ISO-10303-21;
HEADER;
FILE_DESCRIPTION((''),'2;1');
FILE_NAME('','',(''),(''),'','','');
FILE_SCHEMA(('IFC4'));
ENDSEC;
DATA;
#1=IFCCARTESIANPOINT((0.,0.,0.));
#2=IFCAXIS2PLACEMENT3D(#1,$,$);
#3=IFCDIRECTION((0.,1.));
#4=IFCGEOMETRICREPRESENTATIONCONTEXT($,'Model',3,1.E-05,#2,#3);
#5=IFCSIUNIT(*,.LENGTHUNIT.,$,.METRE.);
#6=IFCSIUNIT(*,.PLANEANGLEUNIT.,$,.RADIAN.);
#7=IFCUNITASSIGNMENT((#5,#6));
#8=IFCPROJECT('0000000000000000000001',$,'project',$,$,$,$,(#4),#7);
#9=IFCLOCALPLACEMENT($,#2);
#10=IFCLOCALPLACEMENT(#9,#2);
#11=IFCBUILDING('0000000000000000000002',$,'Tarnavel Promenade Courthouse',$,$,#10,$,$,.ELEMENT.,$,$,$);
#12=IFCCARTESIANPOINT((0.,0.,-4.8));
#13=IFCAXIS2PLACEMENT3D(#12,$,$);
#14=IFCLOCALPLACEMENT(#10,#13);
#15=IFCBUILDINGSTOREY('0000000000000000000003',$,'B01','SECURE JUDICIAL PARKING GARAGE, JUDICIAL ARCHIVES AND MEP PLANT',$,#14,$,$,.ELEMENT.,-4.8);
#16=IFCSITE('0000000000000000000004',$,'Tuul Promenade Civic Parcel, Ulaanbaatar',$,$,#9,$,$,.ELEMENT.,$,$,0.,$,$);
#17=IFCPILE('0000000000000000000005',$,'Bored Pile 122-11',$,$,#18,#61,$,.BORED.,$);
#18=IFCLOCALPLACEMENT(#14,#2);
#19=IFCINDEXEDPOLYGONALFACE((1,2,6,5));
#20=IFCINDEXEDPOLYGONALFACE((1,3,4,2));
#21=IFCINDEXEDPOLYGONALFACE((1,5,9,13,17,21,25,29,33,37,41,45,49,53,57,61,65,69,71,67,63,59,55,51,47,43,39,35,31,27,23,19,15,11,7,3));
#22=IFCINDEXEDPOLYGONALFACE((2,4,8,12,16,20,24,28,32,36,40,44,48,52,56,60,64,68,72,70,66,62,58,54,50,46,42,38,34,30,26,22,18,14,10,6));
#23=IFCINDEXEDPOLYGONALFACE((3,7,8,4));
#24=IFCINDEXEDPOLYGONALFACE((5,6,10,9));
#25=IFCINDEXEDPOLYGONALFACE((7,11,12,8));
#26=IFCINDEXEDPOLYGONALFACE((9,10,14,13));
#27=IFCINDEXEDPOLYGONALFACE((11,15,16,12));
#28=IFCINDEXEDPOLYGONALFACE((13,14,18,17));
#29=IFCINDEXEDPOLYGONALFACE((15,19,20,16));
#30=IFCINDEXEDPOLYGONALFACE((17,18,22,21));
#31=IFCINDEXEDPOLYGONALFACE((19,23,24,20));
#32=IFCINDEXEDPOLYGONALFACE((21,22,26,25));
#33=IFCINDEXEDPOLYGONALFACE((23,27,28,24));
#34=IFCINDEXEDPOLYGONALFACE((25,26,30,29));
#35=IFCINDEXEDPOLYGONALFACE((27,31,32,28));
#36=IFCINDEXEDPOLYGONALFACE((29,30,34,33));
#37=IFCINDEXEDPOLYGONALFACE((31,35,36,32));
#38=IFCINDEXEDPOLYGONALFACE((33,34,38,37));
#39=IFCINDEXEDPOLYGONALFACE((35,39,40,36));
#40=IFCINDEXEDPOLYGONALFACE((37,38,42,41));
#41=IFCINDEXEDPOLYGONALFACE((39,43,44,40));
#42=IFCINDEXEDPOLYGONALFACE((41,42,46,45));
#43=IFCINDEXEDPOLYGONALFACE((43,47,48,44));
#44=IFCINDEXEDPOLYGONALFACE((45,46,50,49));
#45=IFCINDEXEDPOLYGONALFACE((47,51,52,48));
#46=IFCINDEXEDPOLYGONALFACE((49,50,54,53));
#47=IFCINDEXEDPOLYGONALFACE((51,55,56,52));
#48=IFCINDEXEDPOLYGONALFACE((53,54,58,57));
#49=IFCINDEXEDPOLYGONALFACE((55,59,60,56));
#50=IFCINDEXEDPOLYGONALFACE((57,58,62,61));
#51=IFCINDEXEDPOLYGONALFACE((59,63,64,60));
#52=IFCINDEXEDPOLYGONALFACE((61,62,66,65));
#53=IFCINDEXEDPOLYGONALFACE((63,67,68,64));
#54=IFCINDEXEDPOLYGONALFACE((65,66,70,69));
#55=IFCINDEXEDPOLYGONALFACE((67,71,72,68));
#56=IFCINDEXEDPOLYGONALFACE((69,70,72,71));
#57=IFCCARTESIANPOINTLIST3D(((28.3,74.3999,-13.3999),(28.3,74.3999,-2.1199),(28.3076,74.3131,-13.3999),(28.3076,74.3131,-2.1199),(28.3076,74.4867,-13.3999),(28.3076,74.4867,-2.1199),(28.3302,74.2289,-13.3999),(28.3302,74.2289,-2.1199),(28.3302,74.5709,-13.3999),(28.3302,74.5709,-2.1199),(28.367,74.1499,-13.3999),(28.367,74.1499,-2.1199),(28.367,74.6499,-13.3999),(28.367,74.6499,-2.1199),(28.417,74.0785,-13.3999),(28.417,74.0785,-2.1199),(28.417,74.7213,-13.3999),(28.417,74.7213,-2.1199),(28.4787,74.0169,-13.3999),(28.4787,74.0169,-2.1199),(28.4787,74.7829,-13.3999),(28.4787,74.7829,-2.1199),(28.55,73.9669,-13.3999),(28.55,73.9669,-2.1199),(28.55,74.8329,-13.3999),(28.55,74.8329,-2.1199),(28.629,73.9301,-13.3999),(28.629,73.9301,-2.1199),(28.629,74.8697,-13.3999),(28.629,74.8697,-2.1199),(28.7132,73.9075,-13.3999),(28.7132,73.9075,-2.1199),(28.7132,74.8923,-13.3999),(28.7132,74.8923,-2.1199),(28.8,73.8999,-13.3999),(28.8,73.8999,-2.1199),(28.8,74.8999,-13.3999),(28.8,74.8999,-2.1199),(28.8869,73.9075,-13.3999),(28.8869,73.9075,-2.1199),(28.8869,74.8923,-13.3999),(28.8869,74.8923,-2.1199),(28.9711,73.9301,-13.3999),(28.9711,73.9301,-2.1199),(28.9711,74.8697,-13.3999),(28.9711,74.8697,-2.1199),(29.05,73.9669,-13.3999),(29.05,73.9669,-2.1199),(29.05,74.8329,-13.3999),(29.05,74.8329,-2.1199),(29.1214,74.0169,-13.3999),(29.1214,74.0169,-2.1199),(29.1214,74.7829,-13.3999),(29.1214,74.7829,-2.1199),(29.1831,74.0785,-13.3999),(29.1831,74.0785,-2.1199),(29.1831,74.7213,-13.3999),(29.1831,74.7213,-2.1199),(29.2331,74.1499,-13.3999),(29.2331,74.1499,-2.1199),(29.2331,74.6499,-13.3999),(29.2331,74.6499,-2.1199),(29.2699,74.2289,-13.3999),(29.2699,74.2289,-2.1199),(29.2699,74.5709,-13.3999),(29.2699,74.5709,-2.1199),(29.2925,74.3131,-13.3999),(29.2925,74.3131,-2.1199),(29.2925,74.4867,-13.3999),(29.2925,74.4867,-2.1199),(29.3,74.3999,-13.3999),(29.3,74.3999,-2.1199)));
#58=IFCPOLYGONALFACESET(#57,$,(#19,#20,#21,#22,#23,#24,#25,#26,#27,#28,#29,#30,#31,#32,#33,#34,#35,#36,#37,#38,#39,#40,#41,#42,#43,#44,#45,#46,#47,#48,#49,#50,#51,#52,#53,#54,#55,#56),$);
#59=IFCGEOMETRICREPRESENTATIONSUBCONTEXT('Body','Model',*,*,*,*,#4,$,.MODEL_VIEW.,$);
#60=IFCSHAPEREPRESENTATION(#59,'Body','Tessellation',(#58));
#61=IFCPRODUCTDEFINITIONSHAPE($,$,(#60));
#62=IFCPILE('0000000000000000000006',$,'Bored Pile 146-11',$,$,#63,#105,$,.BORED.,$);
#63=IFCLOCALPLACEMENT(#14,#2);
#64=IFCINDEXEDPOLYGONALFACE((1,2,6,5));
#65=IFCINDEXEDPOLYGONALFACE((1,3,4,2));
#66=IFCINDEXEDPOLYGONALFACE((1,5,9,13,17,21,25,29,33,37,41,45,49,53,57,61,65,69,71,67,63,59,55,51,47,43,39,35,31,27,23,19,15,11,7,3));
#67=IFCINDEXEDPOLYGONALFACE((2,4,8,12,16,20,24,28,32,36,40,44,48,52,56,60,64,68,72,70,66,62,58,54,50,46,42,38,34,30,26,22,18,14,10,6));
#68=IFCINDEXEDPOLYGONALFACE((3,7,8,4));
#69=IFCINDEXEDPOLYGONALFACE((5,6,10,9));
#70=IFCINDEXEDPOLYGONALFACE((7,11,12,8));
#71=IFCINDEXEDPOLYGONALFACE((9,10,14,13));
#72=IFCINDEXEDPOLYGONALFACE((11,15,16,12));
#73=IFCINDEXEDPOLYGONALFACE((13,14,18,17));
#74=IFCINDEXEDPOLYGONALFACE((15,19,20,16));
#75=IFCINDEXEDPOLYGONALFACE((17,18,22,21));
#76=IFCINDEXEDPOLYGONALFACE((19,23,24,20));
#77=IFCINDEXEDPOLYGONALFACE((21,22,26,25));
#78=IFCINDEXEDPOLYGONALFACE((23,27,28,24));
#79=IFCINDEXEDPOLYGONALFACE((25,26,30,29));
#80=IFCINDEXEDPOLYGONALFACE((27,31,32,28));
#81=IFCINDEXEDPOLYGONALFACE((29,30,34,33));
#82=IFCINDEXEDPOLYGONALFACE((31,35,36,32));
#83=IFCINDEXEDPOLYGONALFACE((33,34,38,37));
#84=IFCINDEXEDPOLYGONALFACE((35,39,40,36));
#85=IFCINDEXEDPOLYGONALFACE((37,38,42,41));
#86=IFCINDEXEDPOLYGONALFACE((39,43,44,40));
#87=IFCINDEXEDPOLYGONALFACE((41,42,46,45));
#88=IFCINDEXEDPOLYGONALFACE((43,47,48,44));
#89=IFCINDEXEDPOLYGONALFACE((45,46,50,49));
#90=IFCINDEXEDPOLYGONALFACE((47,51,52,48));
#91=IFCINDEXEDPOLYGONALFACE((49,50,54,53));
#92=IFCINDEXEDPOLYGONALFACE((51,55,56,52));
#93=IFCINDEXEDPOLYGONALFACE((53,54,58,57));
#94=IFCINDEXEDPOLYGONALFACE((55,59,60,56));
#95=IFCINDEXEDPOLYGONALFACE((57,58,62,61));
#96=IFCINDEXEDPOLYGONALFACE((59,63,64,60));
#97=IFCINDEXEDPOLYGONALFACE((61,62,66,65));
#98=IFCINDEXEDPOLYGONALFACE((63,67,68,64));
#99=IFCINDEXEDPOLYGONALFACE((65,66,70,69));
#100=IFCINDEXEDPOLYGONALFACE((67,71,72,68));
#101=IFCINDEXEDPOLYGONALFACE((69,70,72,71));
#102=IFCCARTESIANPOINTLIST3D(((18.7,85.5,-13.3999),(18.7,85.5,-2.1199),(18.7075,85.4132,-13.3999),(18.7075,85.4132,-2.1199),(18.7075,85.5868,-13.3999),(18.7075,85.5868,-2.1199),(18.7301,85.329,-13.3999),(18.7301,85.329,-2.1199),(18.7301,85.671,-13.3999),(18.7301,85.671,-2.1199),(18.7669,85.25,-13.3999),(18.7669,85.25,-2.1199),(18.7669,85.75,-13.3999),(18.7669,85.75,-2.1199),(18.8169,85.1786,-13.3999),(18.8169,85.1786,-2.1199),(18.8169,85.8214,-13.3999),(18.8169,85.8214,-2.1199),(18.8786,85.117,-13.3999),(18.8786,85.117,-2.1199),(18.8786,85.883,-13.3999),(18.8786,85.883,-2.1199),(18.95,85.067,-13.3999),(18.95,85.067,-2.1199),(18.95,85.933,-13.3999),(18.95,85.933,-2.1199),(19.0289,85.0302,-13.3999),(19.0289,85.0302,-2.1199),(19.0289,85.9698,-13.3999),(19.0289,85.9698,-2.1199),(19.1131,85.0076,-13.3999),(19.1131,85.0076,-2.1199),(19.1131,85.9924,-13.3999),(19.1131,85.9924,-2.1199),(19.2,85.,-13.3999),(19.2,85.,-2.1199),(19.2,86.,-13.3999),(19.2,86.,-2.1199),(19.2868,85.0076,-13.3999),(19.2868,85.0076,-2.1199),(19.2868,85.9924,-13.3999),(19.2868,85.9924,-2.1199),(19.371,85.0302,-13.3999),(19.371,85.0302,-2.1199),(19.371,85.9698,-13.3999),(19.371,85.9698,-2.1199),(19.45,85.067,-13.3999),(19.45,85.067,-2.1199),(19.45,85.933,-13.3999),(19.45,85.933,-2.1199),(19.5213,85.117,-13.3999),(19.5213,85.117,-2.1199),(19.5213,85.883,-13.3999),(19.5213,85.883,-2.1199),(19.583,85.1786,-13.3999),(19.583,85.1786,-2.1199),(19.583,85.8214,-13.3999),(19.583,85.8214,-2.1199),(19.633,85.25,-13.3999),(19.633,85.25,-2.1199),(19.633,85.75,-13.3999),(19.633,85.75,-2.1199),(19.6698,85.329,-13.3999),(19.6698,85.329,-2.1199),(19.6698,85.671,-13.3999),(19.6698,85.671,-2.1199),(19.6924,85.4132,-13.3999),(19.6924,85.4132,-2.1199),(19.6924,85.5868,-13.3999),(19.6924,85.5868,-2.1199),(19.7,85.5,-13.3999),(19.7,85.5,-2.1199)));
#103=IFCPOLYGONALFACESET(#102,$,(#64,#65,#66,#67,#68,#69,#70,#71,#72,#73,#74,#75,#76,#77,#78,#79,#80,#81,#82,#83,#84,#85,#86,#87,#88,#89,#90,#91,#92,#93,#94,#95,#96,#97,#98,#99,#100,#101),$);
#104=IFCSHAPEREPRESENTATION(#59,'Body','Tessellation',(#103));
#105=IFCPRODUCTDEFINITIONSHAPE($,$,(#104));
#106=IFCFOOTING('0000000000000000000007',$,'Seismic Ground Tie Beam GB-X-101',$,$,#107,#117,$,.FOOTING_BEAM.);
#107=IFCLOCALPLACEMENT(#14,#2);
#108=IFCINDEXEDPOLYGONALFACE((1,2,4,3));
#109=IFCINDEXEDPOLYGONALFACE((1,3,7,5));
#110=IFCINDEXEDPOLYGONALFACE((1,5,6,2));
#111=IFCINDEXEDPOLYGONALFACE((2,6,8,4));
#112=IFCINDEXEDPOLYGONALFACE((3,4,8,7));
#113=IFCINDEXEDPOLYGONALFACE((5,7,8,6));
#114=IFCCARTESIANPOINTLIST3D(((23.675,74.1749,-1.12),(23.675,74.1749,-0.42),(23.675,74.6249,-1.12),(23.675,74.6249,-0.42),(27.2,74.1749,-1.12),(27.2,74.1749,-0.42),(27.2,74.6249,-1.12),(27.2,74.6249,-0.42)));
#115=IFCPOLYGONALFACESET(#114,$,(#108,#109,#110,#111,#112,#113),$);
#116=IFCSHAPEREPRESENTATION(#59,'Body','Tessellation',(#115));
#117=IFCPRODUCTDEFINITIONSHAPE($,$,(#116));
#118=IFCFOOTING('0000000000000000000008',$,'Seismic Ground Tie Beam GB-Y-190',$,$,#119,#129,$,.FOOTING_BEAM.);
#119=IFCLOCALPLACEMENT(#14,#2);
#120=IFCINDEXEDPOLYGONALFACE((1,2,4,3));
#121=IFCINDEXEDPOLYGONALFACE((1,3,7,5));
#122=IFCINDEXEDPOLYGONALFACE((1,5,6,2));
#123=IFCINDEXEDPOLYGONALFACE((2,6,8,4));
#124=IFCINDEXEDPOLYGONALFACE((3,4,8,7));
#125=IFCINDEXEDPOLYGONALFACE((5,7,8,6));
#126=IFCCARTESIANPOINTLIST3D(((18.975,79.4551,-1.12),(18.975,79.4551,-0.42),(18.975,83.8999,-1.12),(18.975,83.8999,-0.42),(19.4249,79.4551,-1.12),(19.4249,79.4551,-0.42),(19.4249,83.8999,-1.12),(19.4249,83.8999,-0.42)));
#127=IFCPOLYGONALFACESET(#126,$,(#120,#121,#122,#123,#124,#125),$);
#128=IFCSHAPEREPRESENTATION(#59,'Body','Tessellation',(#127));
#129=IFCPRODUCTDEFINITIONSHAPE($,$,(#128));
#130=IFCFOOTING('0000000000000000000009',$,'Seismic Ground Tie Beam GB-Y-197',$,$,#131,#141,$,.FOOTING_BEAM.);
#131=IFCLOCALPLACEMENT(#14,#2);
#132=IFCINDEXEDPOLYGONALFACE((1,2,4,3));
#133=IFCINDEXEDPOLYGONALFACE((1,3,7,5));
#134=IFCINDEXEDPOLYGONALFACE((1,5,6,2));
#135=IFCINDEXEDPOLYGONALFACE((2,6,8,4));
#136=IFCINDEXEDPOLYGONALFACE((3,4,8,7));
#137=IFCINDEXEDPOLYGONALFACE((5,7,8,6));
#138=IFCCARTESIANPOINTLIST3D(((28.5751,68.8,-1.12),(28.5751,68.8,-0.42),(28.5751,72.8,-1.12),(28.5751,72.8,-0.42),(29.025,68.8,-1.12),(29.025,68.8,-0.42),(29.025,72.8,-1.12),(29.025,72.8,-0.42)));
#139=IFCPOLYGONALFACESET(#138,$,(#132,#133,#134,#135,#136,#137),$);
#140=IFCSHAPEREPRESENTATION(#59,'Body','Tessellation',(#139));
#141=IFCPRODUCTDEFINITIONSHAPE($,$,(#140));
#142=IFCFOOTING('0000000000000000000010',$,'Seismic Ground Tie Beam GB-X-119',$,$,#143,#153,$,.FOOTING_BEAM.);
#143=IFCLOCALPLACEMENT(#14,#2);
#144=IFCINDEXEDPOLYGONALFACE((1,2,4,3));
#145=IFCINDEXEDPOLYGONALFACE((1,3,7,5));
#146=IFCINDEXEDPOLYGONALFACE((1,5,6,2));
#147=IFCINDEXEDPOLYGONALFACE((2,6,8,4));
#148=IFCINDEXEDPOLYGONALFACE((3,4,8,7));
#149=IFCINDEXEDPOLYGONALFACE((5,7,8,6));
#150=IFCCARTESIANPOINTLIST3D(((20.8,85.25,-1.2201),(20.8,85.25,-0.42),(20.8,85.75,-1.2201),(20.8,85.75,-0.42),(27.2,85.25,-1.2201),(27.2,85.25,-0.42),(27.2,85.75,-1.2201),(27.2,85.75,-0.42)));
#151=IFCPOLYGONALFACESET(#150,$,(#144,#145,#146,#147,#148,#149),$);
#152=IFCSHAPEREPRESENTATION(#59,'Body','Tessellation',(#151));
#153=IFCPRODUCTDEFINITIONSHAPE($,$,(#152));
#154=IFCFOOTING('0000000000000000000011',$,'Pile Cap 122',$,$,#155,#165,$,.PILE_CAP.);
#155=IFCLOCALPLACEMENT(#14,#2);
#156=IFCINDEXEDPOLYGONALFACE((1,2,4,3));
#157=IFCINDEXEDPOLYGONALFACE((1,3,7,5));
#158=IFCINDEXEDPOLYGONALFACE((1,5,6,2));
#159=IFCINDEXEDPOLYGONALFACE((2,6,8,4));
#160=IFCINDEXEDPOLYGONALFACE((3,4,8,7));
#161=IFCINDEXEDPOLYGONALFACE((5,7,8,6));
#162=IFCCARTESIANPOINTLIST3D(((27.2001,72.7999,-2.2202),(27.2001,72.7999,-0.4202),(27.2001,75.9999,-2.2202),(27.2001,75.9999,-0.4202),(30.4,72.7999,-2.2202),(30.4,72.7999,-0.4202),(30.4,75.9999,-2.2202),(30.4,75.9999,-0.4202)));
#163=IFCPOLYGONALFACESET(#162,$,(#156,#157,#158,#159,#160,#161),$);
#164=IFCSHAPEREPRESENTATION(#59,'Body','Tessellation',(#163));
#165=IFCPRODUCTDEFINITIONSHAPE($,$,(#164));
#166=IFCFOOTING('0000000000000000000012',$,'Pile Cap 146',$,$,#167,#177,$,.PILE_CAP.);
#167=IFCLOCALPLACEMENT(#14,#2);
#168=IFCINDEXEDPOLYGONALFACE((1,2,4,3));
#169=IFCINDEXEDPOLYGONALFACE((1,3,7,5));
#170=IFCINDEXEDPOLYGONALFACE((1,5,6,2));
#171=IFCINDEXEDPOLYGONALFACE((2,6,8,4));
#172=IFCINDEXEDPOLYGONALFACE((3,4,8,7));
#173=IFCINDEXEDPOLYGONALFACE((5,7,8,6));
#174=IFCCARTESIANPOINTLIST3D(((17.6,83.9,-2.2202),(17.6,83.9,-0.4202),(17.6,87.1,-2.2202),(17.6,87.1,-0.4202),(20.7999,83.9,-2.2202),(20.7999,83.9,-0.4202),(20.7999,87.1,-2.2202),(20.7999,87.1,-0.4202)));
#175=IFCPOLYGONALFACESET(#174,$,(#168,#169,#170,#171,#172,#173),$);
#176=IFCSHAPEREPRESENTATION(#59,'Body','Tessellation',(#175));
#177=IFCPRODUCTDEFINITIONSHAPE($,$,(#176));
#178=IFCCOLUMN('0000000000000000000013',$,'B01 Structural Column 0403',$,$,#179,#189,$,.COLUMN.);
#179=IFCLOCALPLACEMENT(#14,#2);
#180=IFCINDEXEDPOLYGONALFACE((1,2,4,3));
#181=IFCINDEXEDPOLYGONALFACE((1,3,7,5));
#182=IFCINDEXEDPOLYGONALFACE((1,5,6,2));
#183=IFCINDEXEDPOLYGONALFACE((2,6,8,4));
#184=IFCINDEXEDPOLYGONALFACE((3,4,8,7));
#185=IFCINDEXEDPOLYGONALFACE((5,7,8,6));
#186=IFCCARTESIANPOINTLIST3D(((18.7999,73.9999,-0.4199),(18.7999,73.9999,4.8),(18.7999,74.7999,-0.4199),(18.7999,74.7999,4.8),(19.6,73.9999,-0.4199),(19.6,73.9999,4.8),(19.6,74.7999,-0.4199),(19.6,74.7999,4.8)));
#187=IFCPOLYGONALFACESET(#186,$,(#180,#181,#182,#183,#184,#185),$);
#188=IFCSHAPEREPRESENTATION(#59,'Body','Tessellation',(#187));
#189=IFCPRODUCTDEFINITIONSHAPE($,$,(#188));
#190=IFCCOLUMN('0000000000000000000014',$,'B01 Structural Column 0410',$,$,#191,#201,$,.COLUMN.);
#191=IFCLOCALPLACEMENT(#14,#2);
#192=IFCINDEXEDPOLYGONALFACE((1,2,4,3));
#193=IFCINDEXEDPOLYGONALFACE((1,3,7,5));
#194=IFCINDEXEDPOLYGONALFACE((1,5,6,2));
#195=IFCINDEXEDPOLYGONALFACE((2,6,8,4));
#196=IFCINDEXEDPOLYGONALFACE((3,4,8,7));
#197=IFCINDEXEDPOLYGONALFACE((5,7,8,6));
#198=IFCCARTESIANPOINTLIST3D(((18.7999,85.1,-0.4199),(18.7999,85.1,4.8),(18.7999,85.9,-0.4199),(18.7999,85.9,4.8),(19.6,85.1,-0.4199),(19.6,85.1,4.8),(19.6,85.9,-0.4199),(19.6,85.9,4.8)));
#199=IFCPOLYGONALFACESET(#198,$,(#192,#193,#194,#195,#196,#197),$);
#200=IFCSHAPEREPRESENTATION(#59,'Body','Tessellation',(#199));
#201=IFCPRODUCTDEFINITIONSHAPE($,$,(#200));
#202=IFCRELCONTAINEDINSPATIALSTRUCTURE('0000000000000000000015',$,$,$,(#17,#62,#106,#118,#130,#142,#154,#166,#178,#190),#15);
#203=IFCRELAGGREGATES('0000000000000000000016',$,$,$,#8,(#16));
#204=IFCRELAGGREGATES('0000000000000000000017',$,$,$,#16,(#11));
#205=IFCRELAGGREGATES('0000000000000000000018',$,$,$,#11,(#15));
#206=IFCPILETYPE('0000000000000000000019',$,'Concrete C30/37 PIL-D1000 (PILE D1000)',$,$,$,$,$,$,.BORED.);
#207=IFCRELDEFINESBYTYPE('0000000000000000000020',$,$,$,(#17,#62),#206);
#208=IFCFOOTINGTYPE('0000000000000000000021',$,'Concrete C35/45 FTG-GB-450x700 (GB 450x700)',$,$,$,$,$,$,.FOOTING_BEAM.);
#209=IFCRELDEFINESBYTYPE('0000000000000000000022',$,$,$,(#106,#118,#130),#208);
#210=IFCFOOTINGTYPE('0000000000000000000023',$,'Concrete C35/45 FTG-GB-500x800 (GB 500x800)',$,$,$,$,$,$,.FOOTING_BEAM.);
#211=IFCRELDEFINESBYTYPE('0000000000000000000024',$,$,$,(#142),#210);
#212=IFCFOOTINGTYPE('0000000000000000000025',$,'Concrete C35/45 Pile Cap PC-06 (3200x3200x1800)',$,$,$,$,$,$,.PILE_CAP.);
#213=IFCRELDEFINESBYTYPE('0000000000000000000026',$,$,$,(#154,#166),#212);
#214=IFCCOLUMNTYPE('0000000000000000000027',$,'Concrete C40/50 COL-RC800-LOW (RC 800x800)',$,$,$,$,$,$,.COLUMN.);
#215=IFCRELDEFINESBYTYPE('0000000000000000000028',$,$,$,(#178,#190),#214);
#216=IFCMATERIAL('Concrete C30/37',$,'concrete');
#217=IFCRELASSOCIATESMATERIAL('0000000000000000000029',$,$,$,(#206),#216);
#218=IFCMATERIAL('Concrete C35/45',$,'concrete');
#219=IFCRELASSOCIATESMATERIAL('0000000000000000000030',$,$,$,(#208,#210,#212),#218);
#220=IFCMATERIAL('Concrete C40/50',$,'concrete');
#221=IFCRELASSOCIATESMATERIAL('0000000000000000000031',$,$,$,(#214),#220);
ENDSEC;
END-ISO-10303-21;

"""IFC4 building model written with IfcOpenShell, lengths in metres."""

from ifc_helpers import new_model, si_unit, direction, frame, origin, origin_2d, place, context, subcontext, project, spatial, rectangle, circle, extrude, material, material_profile, profile_set, type_object, element, save


model = new_model("IFC4")

# Units and contexts
model_context = context("Model", 3, precision=1e-05, world=origin(), true_north=direction((0.0, 1.0)))
body_context = subcontext(model_context, "Body", "Model", "MODEL_VIEW")
ifc_project = project(units=[si_unit("LENGTHUNIT", "METRE"), si_unit("PLANEANGLEUNIT", "RADIAN")], contexts=[model_context])

# Site, building, storey
site_placement = place(None, origin())
site = spatial("IfcSite", under=ifc_project, at=site_placement, Name="Tuul Promenade Civic Parcel, Ulaanbaatar", CompositionType="ELEMENT", RefElevation=0.0)
building_placement = place(site_placement, origin())
building = spatial("IfcBuilding", under=site, at=building_placement, Name="Tarnavel Promenade Courthouse", CompositionType="ELEMENT")
storey_placement = place(building_placement, frame((0.0, 0.0, -4.8)))
storey = spatial("IfcBuildingStorey", under=building, at=storey_placement, Name="B01", Description="SECURE JUDICIAL PARKING GARAGE, JUDICIAL ARCHIVES AND MEP PLANT", CompositionType="ELEMENT", Elevation=-4.8)

# Piles
ifc_material_1 = material(Name="Concrete C30/37", Category="concrete")
ifc_material_profile_1 = material_profile(ifc_material_1, circle(Radius=0.5, at=origin_2d()), Name="PILE D1000")
ifc_profile_set_1 = profile_set([ifc_material_profile_1], Name="Concrete C30/37")
pile_type = type_object("IfcPileType", Name="Concrete C30/37 PIL-D1000 (PILE D1000)", PredefinedType="BORED", material=ifc_profile_set_1)
for number, where, z_axis, x_axis, name in (
    (1, (28.8, 74.3999, -2.1199), (0.0, 0.0, -1.0), (1.0, 0.0, 0.0), "Bored Pile 122-11"),
    (2, (19.2, 85.5, -2.1199), (0.0, 0.0, -1.0), (1.0, 0.0, 0.0), "Bored Pile 146-11"),
):
    element("IfcPile", number, at=place(storey_placement, frame(where, z_axis=z_axis, x_axis=x_axis)), inside=storey, type_object=pile_type, Name=name, PredefinedType="BORED", context=body_context, shape_type="SweptSolid", body=[
        extrude(circle(Radius=0.5, at=origin_2d()), origin(), (0.0, 0.0, 1.0), 11.28),
    ])

# Footings
ifc_material_2 = material(Name="Concrete C35/45", Category="concrete")
ifc_material_profile_2 = material_profile(ifc_material_2, rectangle(XDim=0.45, YDim=0.7, at=origin_2d()), Name="GB 450x700")
ifc_profile_set_2 = profile_set([ifc_material_profile_2], Name="Concrete C35/45")
footing_type_1 = type_object("IfcFootingType", Name="Concrete C35/45 FTG-GB-450x700 (GB 450x700)", PredefinedType="FOOTING_BEAM", material=ifc_profile_set_2)
footing_1_placement = place(storey_placement, frame((23.675, 74.3999, -0.77), z_axis=(1.0, 0.0, 0.0), x_axis=(0.0, 1.0, 0.0)))
element("IfcFooting", 3, at=footing_1_placement, inside=storey, type_object=footing_type_1, Name="Seismic Ground Tie Beam GB-X-101", PredefinedType="FOOTING_BEAM", context=body_context, shape_type="SweptSolid", body=[
    extrude(rectangle(XDim=0.45, YDim=0.7, at=origin_2d()), origin(), (0.0, 0.0, 1.0), 3.5249),
])
footing_2_placement = place(storey_placement, frame((19.2, 79.4551, -0.77), z_axis=(0.0, 1.0, 0.0), x_axis=(-1.0, 0.0, 0.0)))
element("IfcFooting", 4, at=footing_2_placement, inside=storey, type_object=footing_type_1, Name="Seismic Ground Tie Beam GB-Y-190", PredefinedType="FOOTING_BEAM", context=body_context, shape_type="SweptSolid", body=[
    extrude(rectangle(XDim=0.45, YDim=0.7, at=origin_2d()), origin(), (0.0, 0.0, 1.0), 4.4448),
])
footing_3_placement = place(storey_placement, frame((28.8, 68.8, -0.77), z_axis=(0.0, 1.0, 0.0), x_axis=(-1.0, 0.0, 0.0)))
element("IfcFooting", 5, at=footing_3_placement, inside=storey, type_object=footing_type_1, Name="Seismic Ground Tie Beam GB-Y-197", PredefinedType="FOOTING_BEAM", context=body_context, shape_type="SweptSolid", body=[
    extrude(rectangle(XDim=0.45, YDim=0.7, at=origin_2d()), origin(), (0.0, 0.0, 1.0), 4.0),
])
ifc_material_profile_3 = material_profile(ifc_material_2, rectangle(XDim=0.5, YDim=0.8, at=origin_2d()), Name="GB 500x800")
ifc_profile_set_3 = profile_set([ifc_material_profile_3], Name="Concrete C35/45")
footing_type_2 = type_object("IfcFootingType", Name="Concrete C35/45 FTG-GB-500x800 (GB 500x800)", PredefinedType="FOOTING_BEAM", material=ifc_profile_set_3)
footing_4_placement = place(storey_placement, frame((20.8, 85.5, -0.8201), z_axis=(1.0, 0.0, 0.0), x_axis=(0.0, 1.0, 0.0)))
element("IfcFooting", 6, at=footing_4_placement, inside=storey, type_object=footing_type_2, Name="Seismic Ground Tie Beam GB-X-119", PredefinedType="FOOTING_BEAM", context=body_context, shape_type="SweptSolid", body=[
    extrude(rectangle(XDim=0.5, YDim=0.8, at=origin_2d()), origin(), (0.0, 0.0, 1.0), 6.3999),
])
footing_type_3 = type_object("IfcFootingType", Name="Concrete C35/45 Pile Cap PC-06 (3200x3200x1800)", PredefinedType="PILE_CAP", material=ifc_material_2)
for number, where, z_axis, x_axis, name in (
    (7, (28.8, 74.3999, -2.2202), (0.0, 0.0, 1.0), (1.0, 0.0, 0.0), "Pile Cap 122"),
    (8, (19.2, 85.5, -2.2202), (0.0, 0.0, 1.0), (1.0, 0.0, 0.0), "Pile Cap 146"),
):
    element("IfcFooting", number, at=place(storey_placement, frame(where, z_axis=z_axis, x_axis=x_axis)), inside=storey, type_object=footing_type_3, Name=name, PredefinedType="PILE_CAP", context=body_context, shape_type="SweptSolid", body=[
        extrude(rectangle(XDim=3.2, YDim=3.2, at=origin_2d()), origin(), (0.0, 0.0, 1.0), 1.8),
    ])

# Columns
ifc_material_3 = material(Name="Concrete C40/50", Category="concrete")
ifc_material_profile_4 = material_profile(ifc_material_3, rectangle(XDim=0.8, YDim=0.8, at=origin_2d()), Name="RC 800x800")
ifc_profile_set_4 = profile_set([ifc_material_profile_4], Name="Concrete C40/50")
column_type = type_object("IfcColumnType", Name="Concrete C40/50 COL-RC800-LOW (RC 800x800)", PredefinedType="COLUMN", material=ifc_profile_set_4)
for number, where, z_axis, x_axis, name in (
    (9, (19.2, 74.3999, -0.4199), (0.0, 0.0, 1.0), (1.0, 0.0, 0.0), "B01 Structural Column 0403"),
    (10, (19.2, 85.5, -0.4199), (0.0, 0.0, 1.0), (1.0, 0.0, 0.0), "B01 Structural Column 0410"),
):
    element("IfcColumn", number, at=place(storey_placement, frame(where, z_axis=z_axis, x_axis=x_axis)), inside=storey, type_object=column_type, Name=name, PredefinedType="COLUMN", context=body_context, shape_type="SweptSolid", body=[
        extrude(rectangle(XDim=0.8, YDim=0.8, at=origin_2d()), origin(), (0.0, 0.0, 1.0), 5.22),
    ])

save(model, "model.ifc")
